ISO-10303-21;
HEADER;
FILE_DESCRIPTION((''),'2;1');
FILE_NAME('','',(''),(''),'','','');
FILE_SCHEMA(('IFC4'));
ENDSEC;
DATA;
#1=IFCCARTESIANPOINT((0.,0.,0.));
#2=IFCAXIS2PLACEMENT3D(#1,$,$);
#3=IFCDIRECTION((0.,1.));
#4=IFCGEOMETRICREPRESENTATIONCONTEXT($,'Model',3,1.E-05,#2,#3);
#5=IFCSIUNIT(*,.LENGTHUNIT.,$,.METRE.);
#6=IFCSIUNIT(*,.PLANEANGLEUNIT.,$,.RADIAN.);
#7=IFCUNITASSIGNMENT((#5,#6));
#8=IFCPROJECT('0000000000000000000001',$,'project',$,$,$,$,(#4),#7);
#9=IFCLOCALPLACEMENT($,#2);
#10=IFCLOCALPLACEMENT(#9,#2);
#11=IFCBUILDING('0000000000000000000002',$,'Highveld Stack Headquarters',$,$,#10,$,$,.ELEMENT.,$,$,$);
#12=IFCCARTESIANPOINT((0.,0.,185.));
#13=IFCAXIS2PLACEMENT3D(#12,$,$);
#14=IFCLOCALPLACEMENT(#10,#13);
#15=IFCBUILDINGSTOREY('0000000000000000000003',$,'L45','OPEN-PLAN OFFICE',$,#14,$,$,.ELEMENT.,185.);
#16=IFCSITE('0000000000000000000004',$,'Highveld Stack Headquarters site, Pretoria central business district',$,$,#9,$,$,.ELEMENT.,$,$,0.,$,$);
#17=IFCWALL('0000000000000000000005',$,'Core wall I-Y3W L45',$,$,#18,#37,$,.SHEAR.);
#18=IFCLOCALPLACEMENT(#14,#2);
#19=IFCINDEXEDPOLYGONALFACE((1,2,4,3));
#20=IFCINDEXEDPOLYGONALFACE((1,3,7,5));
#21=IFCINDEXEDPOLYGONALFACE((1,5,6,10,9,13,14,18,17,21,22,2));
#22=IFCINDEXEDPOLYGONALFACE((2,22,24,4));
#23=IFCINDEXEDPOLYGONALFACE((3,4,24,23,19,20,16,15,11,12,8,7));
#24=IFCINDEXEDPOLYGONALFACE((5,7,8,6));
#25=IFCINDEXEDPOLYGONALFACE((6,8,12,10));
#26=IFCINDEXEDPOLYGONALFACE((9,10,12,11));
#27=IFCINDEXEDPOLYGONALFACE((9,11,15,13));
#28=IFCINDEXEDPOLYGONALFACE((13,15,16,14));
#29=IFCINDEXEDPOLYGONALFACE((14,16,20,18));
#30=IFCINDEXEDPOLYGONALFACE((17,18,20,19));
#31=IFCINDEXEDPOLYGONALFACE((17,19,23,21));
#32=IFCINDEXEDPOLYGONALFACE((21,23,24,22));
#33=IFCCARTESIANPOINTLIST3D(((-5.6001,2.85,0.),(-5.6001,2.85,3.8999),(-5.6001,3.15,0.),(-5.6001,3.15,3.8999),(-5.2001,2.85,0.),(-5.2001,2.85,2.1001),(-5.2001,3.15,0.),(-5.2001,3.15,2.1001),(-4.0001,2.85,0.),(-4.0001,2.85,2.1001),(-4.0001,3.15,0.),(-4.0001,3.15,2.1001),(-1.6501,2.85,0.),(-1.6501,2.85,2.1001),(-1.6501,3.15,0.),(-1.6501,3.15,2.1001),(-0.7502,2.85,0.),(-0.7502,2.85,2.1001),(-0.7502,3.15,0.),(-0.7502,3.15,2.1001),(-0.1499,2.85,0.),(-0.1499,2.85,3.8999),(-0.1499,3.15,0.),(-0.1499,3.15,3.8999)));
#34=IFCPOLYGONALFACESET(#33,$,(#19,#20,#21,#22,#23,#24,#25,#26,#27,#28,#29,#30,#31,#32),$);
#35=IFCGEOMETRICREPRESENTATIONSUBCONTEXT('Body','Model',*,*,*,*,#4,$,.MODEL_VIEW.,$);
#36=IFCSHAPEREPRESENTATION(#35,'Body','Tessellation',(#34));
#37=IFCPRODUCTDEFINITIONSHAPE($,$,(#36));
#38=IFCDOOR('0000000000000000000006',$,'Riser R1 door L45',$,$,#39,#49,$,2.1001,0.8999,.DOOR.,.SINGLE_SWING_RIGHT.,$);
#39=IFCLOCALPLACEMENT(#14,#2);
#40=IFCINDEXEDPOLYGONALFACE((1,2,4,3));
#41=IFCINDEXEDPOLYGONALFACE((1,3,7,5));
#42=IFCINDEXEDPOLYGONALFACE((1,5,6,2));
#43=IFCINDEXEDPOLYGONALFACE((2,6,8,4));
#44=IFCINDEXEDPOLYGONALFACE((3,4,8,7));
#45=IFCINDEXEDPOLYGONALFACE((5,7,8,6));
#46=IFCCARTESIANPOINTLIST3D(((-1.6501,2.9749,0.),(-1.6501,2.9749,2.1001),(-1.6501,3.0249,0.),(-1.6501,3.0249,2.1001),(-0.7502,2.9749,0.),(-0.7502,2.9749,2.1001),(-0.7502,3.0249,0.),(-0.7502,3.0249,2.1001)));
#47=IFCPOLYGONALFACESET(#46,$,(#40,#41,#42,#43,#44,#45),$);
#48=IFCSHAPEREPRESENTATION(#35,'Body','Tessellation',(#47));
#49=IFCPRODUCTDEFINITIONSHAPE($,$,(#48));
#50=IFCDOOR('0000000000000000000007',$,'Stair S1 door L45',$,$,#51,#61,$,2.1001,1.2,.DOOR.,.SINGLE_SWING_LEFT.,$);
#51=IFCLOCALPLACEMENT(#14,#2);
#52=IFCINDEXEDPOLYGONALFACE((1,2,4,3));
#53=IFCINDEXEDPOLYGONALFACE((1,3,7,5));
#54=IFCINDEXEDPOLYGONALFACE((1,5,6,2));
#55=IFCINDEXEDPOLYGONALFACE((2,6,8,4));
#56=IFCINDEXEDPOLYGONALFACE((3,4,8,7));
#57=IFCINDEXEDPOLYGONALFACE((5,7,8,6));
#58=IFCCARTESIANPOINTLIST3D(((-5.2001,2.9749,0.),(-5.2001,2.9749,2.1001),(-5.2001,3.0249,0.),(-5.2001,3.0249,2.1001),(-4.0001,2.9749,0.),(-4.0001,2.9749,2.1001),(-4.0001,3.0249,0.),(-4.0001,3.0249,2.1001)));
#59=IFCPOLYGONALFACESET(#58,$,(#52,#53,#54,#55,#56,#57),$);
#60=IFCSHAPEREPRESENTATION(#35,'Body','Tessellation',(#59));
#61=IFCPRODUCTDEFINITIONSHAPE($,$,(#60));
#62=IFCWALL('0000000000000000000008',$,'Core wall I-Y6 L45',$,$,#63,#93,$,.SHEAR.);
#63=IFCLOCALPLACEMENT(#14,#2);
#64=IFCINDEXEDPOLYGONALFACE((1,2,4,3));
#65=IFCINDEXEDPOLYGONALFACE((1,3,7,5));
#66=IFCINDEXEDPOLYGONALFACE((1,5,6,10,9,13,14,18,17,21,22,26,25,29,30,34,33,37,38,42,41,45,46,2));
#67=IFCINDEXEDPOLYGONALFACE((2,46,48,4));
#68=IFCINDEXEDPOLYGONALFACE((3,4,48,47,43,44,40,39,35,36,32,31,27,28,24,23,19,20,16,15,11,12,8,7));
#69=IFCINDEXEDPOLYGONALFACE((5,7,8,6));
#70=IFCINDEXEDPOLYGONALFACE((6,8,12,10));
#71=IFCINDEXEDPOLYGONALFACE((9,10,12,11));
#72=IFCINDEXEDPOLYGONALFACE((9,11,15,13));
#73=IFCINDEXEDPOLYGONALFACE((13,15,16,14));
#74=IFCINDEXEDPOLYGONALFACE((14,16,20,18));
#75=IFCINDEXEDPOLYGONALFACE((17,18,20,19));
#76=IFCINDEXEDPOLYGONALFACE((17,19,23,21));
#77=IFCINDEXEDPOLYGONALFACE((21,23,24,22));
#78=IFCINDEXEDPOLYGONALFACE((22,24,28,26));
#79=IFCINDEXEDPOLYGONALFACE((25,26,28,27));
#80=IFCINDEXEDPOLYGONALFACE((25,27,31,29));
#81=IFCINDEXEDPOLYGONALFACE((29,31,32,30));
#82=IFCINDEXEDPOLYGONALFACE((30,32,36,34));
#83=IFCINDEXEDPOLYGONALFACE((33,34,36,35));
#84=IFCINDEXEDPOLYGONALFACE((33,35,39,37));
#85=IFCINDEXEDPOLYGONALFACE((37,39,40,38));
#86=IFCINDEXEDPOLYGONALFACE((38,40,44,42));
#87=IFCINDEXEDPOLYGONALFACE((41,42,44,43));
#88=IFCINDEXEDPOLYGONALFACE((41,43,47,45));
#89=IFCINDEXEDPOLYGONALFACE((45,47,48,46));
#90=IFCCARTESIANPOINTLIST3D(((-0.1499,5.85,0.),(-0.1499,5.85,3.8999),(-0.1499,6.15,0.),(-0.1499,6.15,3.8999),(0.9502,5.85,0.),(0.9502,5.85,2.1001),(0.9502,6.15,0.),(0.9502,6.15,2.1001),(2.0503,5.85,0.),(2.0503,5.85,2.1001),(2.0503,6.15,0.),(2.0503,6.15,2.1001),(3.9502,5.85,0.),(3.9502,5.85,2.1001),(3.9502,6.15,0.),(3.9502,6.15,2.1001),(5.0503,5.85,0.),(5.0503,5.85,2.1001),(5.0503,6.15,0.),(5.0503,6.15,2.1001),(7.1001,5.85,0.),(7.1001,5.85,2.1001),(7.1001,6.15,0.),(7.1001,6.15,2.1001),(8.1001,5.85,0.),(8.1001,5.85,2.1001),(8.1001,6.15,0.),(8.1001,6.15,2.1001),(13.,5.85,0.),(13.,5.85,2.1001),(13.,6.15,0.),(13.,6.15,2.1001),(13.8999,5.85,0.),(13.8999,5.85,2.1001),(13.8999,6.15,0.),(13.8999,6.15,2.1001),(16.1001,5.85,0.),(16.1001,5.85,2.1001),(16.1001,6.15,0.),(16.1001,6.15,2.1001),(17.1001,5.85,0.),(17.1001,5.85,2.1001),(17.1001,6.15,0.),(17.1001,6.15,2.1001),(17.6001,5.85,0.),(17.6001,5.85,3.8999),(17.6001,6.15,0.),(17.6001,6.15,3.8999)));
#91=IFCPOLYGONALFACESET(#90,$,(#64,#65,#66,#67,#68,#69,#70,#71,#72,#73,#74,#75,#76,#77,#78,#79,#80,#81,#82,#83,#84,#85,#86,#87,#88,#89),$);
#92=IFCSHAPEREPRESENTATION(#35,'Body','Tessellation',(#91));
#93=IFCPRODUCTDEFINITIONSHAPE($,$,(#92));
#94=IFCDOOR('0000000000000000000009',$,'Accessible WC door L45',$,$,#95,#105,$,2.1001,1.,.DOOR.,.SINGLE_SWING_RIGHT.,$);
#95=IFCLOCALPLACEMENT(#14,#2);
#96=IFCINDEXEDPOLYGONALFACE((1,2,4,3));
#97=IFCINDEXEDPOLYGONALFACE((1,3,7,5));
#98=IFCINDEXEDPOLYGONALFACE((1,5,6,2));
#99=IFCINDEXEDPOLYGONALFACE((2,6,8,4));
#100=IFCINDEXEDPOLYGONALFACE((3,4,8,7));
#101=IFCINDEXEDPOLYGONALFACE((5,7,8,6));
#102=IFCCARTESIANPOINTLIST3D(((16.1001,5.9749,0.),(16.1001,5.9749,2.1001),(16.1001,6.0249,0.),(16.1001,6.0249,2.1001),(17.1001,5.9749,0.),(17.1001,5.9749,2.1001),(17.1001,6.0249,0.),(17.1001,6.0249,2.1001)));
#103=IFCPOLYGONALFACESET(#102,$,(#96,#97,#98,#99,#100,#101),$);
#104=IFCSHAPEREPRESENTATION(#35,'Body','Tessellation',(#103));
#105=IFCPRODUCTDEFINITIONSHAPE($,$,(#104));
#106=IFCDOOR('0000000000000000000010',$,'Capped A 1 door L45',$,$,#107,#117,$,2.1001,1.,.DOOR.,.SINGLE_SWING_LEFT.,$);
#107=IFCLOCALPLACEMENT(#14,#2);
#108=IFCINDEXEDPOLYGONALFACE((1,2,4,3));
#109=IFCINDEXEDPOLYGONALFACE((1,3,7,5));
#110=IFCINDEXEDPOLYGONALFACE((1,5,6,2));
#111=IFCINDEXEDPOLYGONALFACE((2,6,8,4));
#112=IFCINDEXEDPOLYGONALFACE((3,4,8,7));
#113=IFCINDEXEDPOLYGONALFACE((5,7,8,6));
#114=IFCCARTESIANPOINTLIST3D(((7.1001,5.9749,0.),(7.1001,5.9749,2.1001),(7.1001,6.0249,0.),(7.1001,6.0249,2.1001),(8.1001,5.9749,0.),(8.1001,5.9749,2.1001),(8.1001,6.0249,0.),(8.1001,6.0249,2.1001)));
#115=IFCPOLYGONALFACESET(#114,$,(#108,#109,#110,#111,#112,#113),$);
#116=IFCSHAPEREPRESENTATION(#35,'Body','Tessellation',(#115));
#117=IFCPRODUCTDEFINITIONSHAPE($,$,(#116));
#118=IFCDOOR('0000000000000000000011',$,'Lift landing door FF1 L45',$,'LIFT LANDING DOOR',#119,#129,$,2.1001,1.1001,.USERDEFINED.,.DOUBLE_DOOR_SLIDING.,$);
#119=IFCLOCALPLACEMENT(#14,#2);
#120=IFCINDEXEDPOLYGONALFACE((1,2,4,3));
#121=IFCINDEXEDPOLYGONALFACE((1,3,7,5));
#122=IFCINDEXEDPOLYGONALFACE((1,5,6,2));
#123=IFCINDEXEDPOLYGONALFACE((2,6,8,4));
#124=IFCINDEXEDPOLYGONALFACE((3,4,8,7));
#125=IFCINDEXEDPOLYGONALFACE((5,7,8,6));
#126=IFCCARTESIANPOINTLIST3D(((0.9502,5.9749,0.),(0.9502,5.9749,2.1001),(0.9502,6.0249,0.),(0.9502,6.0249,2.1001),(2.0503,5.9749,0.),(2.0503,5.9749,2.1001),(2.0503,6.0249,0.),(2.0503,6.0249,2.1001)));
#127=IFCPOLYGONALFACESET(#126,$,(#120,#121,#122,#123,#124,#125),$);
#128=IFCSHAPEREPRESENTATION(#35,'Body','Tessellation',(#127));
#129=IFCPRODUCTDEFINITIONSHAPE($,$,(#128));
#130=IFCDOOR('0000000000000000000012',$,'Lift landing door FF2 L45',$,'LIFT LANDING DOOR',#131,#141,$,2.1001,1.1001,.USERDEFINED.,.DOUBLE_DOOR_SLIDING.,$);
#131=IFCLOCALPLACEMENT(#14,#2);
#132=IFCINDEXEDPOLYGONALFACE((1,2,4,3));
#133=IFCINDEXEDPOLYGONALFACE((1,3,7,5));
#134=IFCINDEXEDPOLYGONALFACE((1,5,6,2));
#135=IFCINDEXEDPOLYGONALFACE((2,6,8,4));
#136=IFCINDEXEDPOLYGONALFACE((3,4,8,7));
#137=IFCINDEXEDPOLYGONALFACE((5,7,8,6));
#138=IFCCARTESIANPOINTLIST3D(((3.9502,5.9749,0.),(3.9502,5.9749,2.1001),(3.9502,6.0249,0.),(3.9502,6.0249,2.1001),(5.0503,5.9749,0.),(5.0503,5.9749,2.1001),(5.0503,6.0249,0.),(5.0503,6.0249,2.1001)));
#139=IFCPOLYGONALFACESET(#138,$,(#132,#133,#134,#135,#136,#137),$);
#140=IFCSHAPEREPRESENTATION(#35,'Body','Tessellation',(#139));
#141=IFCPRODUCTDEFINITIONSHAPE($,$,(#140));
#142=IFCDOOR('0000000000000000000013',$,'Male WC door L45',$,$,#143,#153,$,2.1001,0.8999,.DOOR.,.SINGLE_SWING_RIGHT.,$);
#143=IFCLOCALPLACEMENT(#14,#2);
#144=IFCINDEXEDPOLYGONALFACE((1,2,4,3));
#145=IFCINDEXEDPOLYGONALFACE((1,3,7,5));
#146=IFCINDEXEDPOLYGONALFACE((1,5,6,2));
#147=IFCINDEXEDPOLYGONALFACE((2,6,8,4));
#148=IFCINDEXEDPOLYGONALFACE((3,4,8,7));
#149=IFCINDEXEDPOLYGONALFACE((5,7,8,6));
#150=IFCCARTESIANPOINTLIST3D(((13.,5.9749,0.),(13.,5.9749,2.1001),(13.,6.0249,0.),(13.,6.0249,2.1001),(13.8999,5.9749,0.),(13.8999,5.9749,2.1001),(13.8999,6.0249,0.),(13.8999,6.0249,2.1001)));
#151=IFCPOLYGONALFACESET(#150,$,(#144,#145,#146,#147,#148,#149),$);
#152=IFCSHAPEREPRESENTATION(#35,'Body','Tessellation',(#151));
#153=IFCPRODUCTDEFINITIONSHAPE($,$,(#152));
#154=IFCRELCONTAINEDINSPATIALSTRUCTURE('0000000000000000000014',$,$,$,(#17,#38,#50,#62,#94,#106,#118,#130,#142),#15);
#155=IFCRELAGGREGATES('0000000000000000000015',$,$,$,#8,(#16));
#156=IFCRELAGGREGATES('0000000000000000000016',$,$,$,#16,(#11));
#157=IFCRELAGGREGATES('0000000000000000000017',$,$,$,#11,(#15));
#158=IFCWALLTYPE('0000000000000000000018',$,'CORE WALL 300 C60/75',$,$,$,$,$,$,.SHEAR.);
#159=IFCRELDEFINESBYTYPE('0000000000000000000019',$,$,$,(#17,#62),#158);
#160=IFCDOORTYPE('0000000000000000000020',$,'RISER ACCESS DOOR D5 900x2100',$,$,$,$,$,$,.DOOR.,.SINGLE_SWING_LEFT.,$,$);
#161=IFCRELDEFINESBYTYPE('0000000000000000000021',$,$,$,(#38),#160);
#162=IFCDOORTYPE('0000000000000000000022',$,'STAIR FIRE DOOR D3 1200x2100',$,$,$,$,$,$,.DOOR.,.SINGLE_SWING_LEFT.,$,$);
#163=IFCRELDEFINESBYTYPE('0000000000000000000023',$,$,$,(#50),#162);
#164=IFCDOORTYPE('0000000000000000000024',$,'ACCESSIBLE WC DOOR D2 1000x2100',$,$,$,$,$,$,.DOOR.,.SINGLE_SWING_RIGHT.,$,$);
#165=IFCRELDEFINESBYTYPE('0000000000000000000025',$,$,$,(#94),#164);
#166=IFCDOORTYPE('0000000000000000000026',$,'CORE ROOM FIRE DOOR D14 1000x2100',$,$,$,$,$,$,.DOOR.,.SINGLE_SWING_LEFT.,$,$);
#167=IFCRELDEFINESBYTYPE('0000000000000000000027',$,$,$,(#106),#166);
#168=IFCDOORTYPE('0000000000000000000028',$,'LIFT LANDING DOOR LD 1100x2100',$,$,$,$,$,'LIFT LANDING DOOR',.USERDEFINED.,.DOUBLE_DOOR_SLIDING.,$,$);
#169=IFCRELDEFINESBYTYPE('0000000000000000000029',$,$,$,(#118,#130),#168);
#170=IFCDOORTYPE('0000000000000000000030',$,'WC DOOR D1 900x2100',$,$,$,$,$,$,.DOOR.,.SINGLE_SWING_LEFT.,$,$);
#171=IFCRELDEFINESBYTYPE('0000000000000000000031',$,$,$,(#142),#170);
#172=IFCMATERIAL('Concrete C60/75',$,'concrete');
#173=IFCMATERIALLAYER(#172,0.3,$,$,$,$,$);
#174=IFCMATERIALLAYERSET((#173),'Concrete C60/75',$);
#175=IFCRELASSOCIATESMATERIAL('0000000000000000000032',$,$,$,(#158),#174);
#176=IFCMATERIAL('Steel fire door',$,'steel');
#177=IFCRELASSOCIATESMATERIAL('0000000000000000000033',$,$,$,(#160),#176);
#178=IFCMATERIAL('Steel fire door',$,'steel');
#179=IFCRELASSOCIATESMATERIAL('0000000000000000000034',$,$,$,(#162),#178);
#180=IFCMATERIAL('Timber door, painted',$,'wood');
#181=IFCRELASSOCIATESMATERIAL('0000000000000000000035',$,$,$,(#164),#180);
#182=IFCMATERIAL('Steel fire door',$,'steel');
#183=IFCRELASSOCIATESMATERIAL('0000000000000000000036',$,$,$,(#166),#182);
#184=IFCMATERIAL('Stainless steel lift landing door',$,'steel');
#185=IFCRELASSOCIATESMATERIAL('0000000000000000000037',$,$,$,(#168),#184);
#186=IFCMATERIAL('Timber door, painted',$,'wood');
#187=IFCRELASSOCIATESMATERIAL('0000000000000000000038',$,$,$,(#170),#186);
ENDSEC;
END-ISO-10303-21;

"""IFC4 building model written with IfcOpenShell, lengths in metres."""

from ifc_helpers import new_model, si_unit, direction, frame, frame_2d, origin, place, context, subcontext, project, spatial, rectangle, extrude, material, layer, layer_set, type_object, element, fill, save


model = new_model("IFC4")

# Units and contexts
model_context = context("Model", 3, precision=1e-05, world=origin(), true_north=direction((0.0, 1.0)))
body_context = subcontext(model_context, "Body", "Model", "MODEL_VIEW")
ifc_project = project(units=[si_unit("LENGTHUNIT", "METRE"), si_unit("PLANEANGLEUNIT", "RADIAN")], contexts=[model_context])

# Site, building, storey
site_placement = place(None, origin())
site = spatial("IfcSite", under=ifc_project, at=site_placement, Name="Highveld Stack Headquarters site, Pretoria central business district", CompositionType="ELEMENT", RefElevation=0.0)
building_placement = place(site_placement, origin())
building = spatial("IfcBuilding", under=site, at=building_placement, Name="Highveld Stack Headquarters", CompositionType="ELEMENT")
storey_placement = place(building_placement, frame((0.0, 0.0, 185.0)))
storey = spatial("IfcBuildingStorey", under=building, at=storey_placement, Name="L45", Description="OPEN-PLAN OFFICE", CompositionType="ELEMENT", Elevation=185.0)

# Walls, openings, doors
ifc_material_1 = material(Name="Concrete C60/75", Category="concrete")
ifc_layer_1 = layer(ifc_material_1, 0.3)
ifc_layer_set_1 = layer_set([ifc_layer_1], Name="Concrete C60/75")
wall_type_1 = type_object("IfcWallType", Name="CORE WALL 300 C60/75", PredefinedType="SHEAR", material=ifc_layer_set_1)
wall_1_placement = place(storey_placement, frame((-5.6001, 3.0, 0.0), z_axis=(0.0, 0.0, 1.0), x_axis=(1.0, 0.0, 0.0)))
wall_1 = element("IfcWall", 1, at=wall_1_placement, inside=storey, type_object=wall_type_1, Name="Core wall I-Y3W L45", PredefinedType="SHEAR", context=body_context, shape_type="SweptSolid", body=[
    extrude(rectangle(XDim=5.4502, YDim=0.3, at=frame_2d((2.7251, 0.0))), origin(), (0.0, 0.0, 1.0), 3.8999),
])
opening_1_placement = place(wall_1_placement, frame((0.3999, 0.0, 0.0)))
opening_1 = element("IfcOpeningElement", 2, at=opening_1_placement, cuts=wall_1, PredefinedType="OPENING", context=body_context, shape_type="SweptSolid", body=[
    extrude(rectangle(XDim=1.2, YDim=2.1001, at=frame_2d((0.6001, 1.05))), frame((0.0, 0.1599, 0.0), z_axis=(0.0, -1.0, 0.0), x_axis=(1.0, 0.0, 0.0)), (0.0, 0.0, 1.0), 0.3201),
])
opening_2_placement = place(wall_1_placement, frame((3.95, 0.0, 0.0)))
opening_2 = element("IfcOpeningElement", 3, at=opening_2_placement, cuts=wall_1, PredefinedType="OPENING", context=body_context, shape_type="SweptSolid", body=[
    extrude(rectangle(XDim=0.8999, YDim=2.1001, at=frame_2d((0.45, 1.05))), frame((0.0, 0.1599, 0.0), z_axis=(0.0, -1.0, 0.0), x_axis=(1.0, 0.0, 0.0)), (0.0, 0.0, 1.0), 0.3201),
])
ifc_material_2 = material(Name="Steel fire door", Category="steel")
door_type_1 = type_object("IfcDoorType", Name="RISER ACCESS DOOR D5 900x2100", OperationType="SINGLE_SWING_LEFT", PredefinedType="DOOR", material=ifc_material_2)
door_1_placement = place(opening_2_placement, origin())
door_1 = element("IfcDoor", 4, at=door_1_placement, inside=storey, type_object=door_type_1, Name="Riser R1 door L45", OperationType="SINGLE_SWING_RIGHT", OverallHeight=2.1001, OverallWidth=0.8999, PredefinedType="DOOR", context=body_context, shape_type="SweptSolid", body=[
    extrude(rectangle(XDim=0.8999, YDim=2.1001, at=frame_2d((0.45, 1.05))), frame((0.0, 0.0249, 0.0), z_axis=(0.0, -1.0, 0.0), x_axis=(1.0, 0.0, 0.0)), (0.0, 0.0, 1.0), 0.05),
])
fill(opening_2, door_1)
ifc_material_3 = material(Name="Steel fire door", Category="steel")
door_type_2 = type_object("IfcDoorType", Name="STAIR FIRE DOOR D3 1200x2100", OperationType="SINGLE_SWING_LEFT", PredefinedType="DOOR", material=ifc_material_3)
door_2_placement = place(opening_1_placement, origin())
door_2 = element("IfcDoor", 5, at=door_2_placement, inside=storey, type_object=door_type_2, Name="Stair S1 door L45", OperationType="SINGLE_SWING_LEFT", OverallHeight=2.1001, OverallWidth=1.2, PredefinedType="DOOR", context=body_context, shape_type="SweptSolid", body=[
    extrude(rectangle(XDim=1.2, YDim=2.1001, at=frame_2d((0.6001, 1.05))), frame((0.0, 0.0249, 0.0), z_axis=(0.0, -1.0, 0.0), x_axis=(1.0, 0.0, 0.0)), (0.0, 0.0, 1.0), 0.05),
])
fill(opening_1, door_2)
wall_2_placement = place(storey_placement, frame((-0.1499, 6.0, 0.0), z_axis=(0.0, 0.0, 1.0), x_axis=(1.0, 0.0, 0.0)))
wall_2 = element("IfcWall", 6, at=wall_2_placement, inside=storey, type_object=wall_type_1, Name="Core wall I-Y6 L45", PredefinedType="SHEAR", context=body_context, shape_type="SweptSolid", body=[
    extrude(rectangle(XDim=17.75, YDim=0.3, at=frame_2d((8.875, 0.0))), origin(), (0.0, 0.0, 1.0), 3.8999),
])
opening_3_placement = place(wall_2_placement, frame((13.1499, 0.0, 0.0)))
opening_3 = element("IfcOpeningElement", 7, at=opening_3_placement, cuts=wall_2, PredefinedType="OPENING", context=body_context, shape_type="SweptSolid", body=[
    extrude(rectangle(XDim=0.8999, YDim=2.1001, at=frame_2d((0.45, 1.05))), frame((0.0, 0.1599, 0.0), z_axis=(0.0, -1.0, 0.0), x_axis=(1.0, 0.0, 0.0)), (0.0, 0.0, 1.0), 0.3201),
])
opening_4_placement = place(wall_2_placement, frame((16.25, 0.0, 0.0)))
opening_4 = element("IfcOpeningElement", 8, at=opening_4_placement, cuts=wall_2, PredefinedType="OPENING", context=body_context, shape_type="SweptSolid", body=[
    extrude(rectangle(XDim=1.0, YDim=2.1001, at=frame_2d((0.5, 1.05))), frame((0.0, 0.1599, 0.0), z_axis=(0.0, -1.0, 0.0), x_axis=(1.0, 0.0, 0.0)), (0.0, 0.0, 1.0), 0.3201),
])
opening_5_placement = place(wall_2_placement, frame((7.25, 0.0, 0.0)))
opening_5 = element("IfcOpeningElement", 9, at=opening_5_placement, cuts=wall_2, PredefinedType="OPENING", context=body_context, shape_type="SweptSolid", body=[
    extrude(rectangle(XDim=1.0, YDim=2.1001, at=frame_2d((0.5, 1.05))), frame((0.0, 0.1599, 0.0), z_axis=(0.0, -1.0, 0.0), x_axis=(1.0, 0.0, 0.0)), (0.0, 0.0, 1.0), 0.3201),
])
opening_6_placement = place(wall_2_placement, frame((1.1001, 0.0, 0.0)))
opening_6 = element("IfcOpeningElement", 10, at=opening_6_placement, cuts=wall_2, PredefinedType="OPENING", context=body_context, shape_type="SweptSolid", body=[
    extrude(rectangle(XDim=1.1001, YDim=2.1001, at=frame_2d((0.55, 1.05))), frame((0.0, 0.1599, 0.0), z_axis=(0.0, -1.0, 0.0), x_axis=(1.0, 0.0, 0.0)), (0.0, 0.0, 1.0), 0.3201),
])
opening_7_placement = place(wall_2_placement, frame((4.1001, 0.0, 0.0)))
opening_7 = element("IfcOpeningElement", 11, at=opening_7_placement, cuts=wall_2, PredefinedType="OPENING", context=body_context, shape_type="SweptSolid", body=[
    extrude(rectangle(XDim=1.1001, YDim=2.1001, at=frame_2d((0.55, 1.05))), frame((0.0, 0.1599, 0.0), z_axis=(0.0, -1.0, 0.0), x_axis=(1.0, 0.0, 0.0)), (0.0, 0.0, 1.0), 0.3201),
])
ifc_material_4 = material(Name="Timber door, painted", Category="wood")
door_type_3 = type_object("IfcDoorType", Name="ACCESSIBLE WC DOOR D2 1000x2100", OperationType="SINGLE_SWING_RIGHT", PredefinedType="DOOR", material=ifc_material_4)
door_3_placement = place(opening_4_placement, origin())
door_3 = element("IfcDoor", 12, at=door_3_placement, inside=storey, type_object=door_type_3, Name="Accessible WC door L45", OperationType="SINGLE_SWING_RIGHT", OverallHeight=2.1001, OverallWidth=1.0, PredefinedType="DOOR", context=body_context, shape_type="SweptSolid", body=[
    extrude(rectangle(XDim=1.0, YDim=2.1001, at=frame_2d((0.5, 1.05))), frame((0.0, 0.0249, 0.0), z_axis=(0.0, -1.0, 0.0), x_axis=(1.0, 0.0, 0.0)), (0.0, 0.0, 1.0), 0.05),
])
fill(opening_4, door_3)
ifc_material_5 = material(Name="Steel fire door", Category="steel")
door_type_4 = type_object("IfcDoorType", Name="CORE ROOM FIRE DOOR D14 1000x2100", OperationType="SINGLE_SWING_LEFT", PredefinedType="DOOR", material=ifc_material_5)
door_4_placement = place(opening_5_placement, origin())
door_4 = element("IfcDoor", 13, at=door_4_placement, inside=storey, type_object=door_type_4, Name="Capped A 1 door L45", OperationType="SINGLE_SWING_LEFT", OverallHeight=2.1001, OverallWidth=1.0, PredefinedType="DOOR", context=body_context, shape_type="SweptSolid", body=[
    extrude(rectangle(XDim=1.0, YDim=2.1001, at=frame_2d((0.5, 1.05))), frame((0.0, 0.0249, 0.0), z_axis=(0.0, -1.0, 0.0), x_axis=(1.0, 0.0, 0.0)), (0.0, 0.0, 1.0), 0.05),
])
fill(opening_5, door_4)
ifc_material_6 = material(Name="Stainless steel lift landing door", Category="steel")
door_type_5 = type_object("IfcDoorType", Name="LIFT LANDING DOOR LD 1100x2100", ElementType="LIFT LANDING DOOR", OperationType="DOUBLE_DOOR_SLIDING", PredefinedType="USERDEFINED", material=ifc_material_6)
door_5_placement = place(opening_6_placement, origin())
door_5 = element("IfcDoor", 14, at=door_5_placement, inside=storey, type_object=door_type_5, Name="Lift landing door FF1 L45", ObjectType="LIFT LANDING DOOR", OperationType="DOUBLE_DOOR_SLIDING", OverallHeight=2.1001, OverallWidth=1.1001, PredefinedType="USERDEFINED", context=body_context, shape_type="SweptSolid", body=[
    extrude(rectangle(XDim=1.1001, YDim=2.1001, at=frame_2d((0.55, 1.05))), frame((0.0, 0.0249, 0.0), z_axis=(0.0, -1.0, 0.0), x_axis=(1.0, 0.0, 0.0)), (0.0, 0.0, 1.0), 0.05),
])
fill(opening_6, door_5)
door_6_placement = place(opening_7_placement, origin())
door_6 = element("IfcDoor", 15, at=door_6_placement, inside=storey, type_object=door_type_5, Name="Lift landing door FF2 L45", ObjectType="LIFT LANDING DOOR", OperationType="DOUBLE_DOOR_SLIDING", OverallHeight=2.1001, OverallWidth=1.1001, PredefinedType="USERDEFINED", context=body_context, shape_type="SweptSolid", body=[
    extrude(rectangle(XDim=1.1001, YDim=2.1001, at=frame_2d((0.55, 1.05))), frame((0.0, 0.0249, 0.0), z_axis=(0.0, -1.0, 0.0), x_axis=(1.0, 0.0, 0.0)), (0.0, 0.0, 1.0), 0.05),
])
fill(opening_7, door_6)
ifc_material_7 = material(Name="Timber door, painted", Category="wood")
door_type_6 = type_object("IfcDoorType", Name="WC DOOR D1 900x2100", OperationType="SINGLE_SWING_LEFT", PredefinedType="DOOR", material=ifc_material_7)
door_7_placement = place(opening_3_placement, origin())
door_7 = element("IfcDoor", 16, at=door_7_placement, inside=storey, type_object=door_type_6, Name="Male WC door L45", OperationType="SINGLE_SWING_RIGHT", OverallHeight=2.1001, OverallWidth=0.8999, PredefinedType="DOOR", context=body_context, shape_type="SweptSolid", body=[
    extrude(rectangle(XDim=0.8999, YDim=2.1001, at=frame_2d((0.45, 1.05))), frame((0.0, 0.0249, 0.0), z_axis=(0.0, -1.0, 0.0), x_axis=(1.0, 0.0, 0.0)), (0.0, 0.0, 1.0), 0.05),
])
fill(opening_3, door_7)

save(model, "model.ifc")
